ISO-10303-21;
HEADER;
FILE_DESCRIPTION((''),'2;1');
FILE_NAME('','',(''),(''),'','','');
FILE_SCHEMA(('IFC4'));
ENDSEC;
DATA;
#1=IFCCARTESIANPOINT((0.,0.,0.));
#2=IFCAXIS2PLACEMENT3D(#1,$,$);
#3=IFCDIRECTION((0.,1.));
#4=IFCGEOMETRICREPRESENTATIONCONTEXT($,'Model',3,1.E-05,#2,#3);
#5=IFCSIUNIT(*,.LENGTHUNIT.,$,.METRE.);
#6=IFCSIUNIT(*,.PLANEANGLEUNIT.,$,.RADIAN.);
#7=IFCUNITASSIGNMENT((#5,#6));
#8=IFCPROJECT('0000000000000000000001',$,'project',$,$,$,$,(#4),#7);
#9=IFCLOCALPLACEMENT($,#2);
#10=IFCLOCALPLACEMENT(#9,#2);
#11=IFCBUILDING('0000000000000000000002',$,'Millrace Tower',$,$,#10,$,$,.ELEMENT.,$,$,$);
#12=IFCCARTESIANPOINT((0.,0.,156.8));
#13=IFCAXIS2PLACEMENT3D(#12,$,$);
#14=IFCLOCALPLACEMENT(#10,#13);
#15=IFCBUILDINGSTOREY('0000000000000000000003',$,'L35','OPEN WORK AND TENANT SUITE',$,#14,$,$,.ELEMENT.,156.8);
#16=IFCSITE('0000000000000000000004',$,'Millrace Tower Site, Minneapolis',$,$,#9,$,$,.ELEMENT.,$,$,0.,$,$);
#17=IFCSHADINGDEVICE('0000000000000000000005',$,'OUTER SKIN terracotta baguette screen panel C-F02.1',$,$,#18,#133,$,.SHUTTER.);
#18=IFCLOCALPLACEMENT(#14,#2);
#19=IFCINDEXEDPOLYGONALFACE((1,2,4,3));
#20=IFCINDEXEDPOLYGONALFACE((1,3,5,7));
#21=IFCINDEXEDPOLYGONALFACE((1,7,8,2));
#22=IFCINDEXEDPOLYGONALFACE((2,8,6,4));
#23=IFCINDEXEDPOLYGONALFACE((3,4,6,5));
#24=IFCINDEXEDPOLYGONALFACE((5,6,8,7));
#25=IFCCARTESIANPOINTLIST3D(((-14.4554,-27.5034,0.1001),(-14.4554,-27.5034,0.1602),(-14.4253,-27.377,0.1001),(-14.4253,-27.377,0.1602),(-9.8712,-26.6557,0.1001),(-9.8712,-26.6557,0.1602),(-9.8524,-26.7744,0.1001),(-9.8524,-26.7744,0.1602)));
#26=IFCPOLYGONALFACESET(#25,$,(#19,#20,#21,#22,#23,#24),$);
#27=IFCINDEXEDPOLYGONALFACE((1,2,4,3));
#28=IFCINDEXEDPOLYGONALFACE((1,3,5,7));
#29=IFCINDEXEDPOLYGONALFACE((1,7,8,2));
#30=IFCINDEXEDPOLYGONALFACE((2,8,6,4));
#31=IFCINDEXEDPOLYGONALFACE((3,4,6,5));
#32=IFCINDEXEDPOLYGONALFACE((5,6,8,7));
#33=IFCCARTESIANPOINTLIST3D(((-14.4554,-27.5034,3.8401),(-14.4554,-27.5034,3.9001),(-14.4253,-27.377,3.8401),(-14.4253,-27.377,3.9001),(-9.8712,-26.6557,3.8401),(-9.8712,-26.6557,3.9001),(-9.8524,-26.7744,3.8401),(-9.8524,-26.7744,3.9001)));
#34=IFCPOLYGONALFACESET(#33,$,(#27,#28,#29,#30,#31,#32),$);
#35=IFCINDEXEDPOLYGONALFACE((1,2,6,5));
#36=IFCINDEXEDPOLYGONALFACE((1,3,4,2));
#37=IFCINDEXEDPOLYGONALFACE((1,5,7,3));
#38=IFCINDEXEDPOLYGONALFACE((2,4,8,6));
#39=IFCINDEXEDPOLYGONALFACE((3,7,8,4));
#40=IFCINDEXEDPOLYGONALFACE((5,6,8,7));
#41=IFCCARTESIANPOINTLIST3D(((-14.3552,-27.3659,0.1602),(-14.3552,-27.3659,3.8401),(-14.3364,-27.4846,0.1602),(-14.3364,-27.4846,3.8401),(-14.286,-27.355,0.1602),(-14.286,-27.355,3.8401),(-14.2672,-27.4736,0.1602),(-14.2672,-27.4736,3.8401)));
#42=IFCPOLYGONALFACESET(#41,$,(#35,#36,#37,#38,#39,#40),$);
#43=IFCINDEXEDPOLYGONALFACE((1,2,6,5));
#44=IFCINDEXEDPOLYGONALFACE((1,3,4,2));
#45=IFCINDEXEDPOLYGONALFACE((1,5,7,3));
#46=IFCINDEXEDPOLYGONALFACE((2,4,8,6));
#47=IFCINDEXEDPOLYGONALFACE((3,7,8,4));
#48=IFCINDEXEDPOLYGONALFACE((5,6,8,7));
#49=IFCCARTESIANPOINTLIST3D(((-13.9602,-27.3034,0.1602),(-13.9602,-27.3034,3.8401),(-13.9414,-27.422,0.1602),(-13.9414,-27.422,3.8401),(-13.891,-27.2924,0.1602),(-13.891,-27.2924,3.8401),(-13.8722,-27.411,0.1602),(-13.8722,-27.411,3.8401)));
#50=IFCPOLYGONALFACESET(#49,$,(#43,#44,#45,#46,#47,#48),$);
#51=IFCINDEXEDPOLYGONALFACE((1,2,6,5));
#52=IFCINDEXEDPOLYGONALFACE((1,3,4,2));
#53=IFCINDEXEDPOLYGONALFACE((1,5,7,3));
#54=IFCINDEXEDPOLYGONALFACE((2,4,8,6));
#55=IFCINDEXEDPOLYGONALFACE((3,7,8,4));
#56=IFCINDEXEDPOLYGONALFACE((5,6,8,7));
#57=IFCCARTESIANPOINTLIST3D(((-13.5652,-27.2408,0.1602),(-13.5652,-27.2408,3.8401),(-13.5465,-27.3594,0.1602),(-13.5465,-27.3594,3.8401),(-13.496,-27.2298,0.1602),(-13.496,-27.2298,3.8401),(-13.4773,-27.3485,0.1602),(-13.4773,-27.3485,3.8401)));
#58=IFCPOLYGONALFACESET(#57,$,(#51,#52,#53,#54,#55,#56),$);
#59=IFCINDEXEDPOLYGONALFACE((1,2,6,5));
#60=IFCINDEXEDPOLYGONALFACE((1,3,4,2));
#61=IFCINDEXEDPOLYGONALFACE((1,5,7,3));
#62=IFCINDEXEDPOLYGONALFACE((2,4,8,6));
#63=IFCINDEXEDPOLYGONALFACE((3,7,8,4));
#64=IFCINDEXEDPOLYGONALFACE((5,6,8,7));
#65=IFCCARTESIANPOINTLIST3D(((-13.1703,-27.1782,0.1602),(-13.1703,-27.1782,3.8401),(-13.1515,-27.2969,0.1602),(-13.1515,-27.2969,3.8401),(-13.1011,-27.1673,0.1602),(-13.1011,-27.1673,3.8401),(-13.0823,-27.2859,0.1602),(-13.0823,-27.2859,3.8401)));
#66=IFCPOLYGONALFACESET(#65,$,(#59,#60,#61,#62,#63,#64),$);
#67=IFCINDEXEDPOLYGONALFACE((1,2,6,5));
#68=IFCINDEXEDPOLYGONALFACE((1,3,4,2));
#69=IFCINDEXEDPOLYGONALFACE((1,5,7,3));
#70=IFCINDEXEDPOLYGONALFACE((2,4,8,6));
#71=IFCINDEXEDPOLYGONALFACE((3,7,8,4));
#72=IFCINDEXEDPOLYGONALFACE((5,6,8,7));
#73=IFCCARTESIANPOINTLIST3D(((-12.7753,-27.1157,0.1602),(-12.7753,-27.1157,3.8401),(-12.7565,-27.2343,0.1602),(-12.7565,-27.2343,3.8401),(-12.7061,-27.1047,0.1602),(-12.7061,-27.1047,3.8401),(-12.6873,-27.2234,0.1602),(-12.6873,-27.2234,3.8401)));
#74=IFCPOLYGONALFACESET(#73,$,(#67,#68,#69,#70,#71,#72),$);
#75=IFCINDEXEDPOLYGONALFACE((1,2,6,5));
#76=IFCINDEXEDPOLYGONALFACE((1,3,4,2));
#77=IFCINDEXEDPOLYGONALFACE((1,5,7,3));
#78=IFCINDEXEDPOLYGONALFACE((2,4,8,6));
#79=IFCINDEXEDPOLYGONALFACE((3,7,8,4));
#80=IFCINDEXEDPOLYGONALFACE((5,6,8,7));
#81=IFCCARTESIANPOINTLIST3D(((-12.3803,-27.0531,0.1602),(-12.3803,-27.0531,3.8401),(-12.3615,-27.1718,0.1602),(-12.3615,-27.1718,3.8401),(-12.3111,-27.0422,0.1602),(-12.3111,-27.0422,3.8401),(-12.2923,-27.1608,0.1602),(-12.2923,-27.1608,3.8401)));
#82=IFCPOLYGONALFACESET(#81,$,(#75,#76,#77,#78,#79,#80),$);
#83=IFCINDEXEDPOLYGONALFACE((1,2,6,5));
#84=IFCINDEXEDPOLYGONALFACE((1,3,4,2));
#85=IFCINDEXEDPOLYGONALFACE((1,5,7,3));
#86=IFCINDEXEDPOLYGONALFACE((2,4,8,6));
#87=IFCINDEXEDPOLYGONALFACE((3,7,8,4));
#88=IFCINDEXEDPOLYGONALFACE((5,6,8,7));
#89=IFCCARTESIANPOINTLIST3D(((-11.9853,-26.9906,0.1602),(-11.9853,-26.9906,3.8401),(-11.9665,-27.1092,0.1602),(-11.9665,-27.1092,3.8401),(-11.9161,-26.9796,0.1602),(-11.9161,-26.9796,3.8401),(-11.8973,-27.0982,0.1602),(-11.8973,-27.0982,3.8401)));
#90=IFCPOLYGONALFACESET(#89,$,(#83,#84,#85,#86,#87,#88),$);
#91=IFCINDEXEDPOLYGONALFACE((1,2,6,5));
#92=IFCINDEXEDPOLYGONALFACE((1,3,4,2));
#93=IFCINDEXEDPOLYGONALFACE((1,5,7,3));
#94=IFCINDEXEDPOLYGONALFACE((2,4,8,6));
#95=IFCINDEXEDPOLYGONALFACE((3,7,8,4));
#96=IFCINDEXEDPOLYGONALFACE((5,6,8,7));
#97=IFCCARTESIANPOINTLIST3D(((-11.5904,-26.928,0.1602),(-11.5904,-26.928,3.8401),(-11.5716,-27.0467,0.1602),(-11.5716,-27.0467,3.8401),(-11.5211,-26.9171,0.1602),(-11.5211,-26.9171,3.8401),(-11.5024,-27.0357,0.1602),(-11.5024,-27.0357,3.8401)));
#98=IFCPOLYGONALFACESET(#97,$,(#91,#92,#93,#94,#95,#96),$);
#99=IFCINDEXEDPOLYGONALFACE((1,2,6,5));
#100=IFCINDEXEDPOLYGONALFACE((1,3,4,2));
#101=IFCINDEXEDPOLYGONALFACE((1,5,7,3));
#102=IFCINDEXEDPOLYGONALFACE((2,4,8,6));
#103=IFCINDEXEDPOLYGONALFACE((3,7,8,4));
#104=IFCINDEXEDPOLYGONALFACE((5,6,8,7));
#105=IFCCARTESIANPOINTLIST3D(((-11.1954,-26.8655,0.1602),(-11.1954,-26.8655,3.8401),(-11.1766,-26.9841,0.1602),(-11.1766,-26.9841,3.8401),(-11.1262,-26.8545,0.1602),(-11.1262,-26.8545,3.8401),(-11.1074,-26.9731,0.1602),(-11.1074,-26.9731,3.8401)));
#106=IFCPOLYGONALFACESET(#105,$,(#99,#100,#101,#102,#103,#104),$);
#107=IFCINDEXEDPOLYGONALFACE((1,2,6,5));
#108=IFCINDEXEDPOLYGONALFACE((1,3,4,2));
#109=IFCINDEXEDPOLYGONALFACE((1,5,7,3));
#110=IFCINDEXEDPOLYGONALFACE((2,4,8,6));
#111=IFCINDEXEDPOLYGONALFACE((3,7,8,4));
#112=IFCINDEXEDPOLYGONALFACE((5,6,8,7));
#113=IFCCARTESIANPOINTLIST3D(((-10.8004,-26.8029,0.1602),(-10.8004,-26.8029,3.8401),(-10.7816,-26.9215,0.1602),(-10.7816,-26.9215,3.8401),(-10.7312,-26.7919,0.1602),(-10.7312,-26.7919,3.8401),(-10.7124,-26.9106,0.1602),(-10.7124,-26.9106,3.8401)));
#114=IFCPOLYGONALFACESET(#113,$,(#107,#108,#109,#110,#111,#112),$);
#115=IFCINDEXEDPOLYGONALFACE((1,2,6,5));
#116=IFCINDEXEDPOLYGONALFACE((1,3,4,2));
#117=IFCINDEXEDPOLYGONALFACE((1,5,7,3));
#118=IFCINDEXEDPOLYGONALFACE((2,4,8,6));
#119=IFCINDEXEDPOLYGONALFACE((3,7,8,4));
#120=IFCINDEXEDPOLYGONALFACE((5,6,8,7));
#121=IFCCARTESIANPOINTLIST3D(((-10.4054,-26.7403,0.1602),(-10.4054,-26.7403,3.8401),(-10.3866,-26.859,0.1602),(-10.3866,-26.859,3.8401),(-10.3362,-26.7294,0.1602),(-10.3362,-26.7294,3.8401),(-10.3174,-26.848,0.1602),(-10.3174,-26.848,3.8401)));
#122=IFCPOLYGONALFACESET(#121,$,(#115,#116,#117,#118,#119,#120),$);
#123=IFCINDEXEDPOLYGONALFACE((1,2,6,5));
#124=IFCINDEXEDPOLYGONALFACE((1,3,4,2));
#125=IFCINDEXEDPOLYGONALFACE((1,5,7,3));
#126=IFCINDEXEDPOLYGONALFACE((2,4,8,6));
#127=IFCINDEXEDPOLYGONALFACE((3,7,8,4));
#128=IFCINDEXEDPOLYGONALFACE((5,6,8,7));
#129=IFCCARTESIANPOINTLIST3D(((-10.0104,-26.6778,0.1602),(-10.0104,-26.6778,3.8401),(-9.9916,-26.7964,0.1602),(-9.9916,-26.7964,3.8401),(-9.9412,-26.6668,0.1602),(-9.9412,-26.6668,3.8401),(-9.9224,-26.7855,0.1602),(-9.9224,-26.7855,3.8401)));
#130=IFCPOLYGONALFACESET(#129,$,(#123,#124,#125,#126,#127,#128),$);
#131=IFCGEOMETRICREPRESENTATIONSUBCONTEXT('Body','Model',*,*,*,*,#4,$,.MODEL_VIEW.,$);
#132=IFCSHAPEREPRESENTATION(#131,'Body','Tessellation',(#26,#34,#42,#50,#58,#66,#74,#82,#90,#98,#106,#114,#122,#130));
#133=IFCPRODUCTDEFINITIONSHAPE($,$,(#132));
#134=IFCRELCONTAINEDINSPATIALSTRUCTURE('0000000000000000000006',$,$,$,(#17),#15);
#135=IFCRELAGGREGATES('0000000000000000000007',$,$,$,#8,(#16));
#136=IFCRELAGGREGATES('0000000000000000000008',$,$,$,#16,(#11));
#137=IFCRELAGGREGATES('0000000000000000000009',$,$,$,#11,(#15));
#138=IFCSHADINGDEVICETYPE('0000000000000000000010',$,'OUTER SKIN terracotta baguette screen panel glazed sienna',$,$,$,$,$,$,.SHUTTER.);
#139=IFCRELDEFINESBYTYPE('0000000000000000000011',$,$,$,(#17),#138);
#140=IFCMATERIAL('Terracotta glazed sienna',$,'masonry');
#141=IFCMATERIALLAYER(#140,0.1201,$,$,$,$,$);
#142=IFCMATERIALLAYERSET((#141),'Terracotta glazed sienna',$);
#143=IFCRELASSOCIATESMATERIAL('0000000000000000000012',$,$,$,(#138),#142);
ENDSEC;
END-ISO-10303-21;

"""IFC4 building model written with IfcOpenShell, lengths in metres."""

from ifc_helpers import new_model, entity, si_unit, direction, frame, frame_2d, origin, place, context, subcontext, project, spatial, rectangle, extrude, source, transform, mapped, material, layer, layer_set, type_object, element, save


model = new_model("IFC4")

# Units and contexts
model_context = context("Model", 3, precision=1e-05, world=origin(), true_north=direction((0.0, 1.0)))
body_context = subcontext(model_context, "Body", "Model", "MODEL_VIEW")
ifc_project = project(units=[si_unit("LENGTHUNIT", "METRE"), si_unit("PLANEANGLEUNIT", "RADIAN")], contexts=[model_context])

# Site, building, storey
site_placement = place(None, origin())
site = spatial("IfcSite", under=ifc_project, at=site_placement, Name="Millrace Tower Site, Minneapolis", CompositionType="ELEMENT", RefElevation=0.0)
building_placement = place(site_placement, origin())
building = spatial("IfcBuilding", under=site, at=building_placement, Name="Millrace Tower", CompositionType="ELEMENT")
storey_placement = place(building_placement, frame((0.0, 0.0, 156.8)))
storey = spatial("IfcBuildingStorey", under=building, at=storey_placement, Name="L35", Description="OPEN WORK AND TENANT SUITE", CompositionType="ELEMENT", Elevation=156.8)

# Shading device
ifc_material_1 = material(Name="Terracotta glazed sienna", Category="masonry")
ifc_layer_1 = layer(ifc_material_1, 0.1201)
ifc_layer_set_1 = layer_set([ifc_layer_1], Name="Terracotta glazed sienna")
shading_device_type = type_object("IfcShadingDeviceType", Name="OUTER SKIN terracotta baguette screen panel glazed sienna", PredefinedType="SHUTTER", material=ifc_layer_set_1)
cartesian_point_1 = entity("IfcCartesianPoint", [-2.293, 0.0601])
shared_polyline_1 = entity("IfcPolyline", [cartesian_point_1, entity("IfcCartesianPoint", [2.3179, 0.0601]), entity("IfcCartesianPoint", [2.3179, -0.0601]), entity("IfcCartesianPoint", [-2.3425, -0.0601]), cartesian_point_1])
shared_shape_1 = source(origin(), body_context, "Body", "SweptSolid", [
    entity("IfcExtrudedAreaSolid", entity("IfcArbitraryClosedProfileDef", "AREA", None, shared_polyline_1), entity("IfcAxis2Placement3D", entity("IfcCartesianPoint", [0.0, 0.0, 0.0])), entity("IfcDirection", [0.0, 0.0, 1.0]), 0.0601),
    entity("IfcExtrudedAreaSolid", entity("IfcArbitraryClosedProfileDef", "AREA", None, shared_polyline_1), entity("IfcAxis2Placement3D", entity("IfcCartesianPoint", [0.0, 0.0, 3.74])), entity("IfcDirection", [0.0, 0.0, 1.0]), 0.0601),
    extrude(rectangle(XDim=0.0701, YDim=0.1201, at=frame_2d((-2.187, 0.0))), frame((0.0, 0.0, 0.0601)), (0.0, 0.0, 1.0), 3.6799),
    extrude(rectangle(XDim=0.0701, YDim=0.1201, at=frame_2d((-1.7871, 0.0))), frame((0.0, 0.0, 0.0601)), (0.0, 0.0, 1.0), 3.6799),
    extrude(rectangle(XDim=0.0701, YDim=0.1201, at=frame_2d((-1.3872, 0.0))), frame((0.0, 0.0, 0.0601)), (0.0, 0.0, 1.0), 3.6799),
    extrude(rectangle(XDim=0.0701, YDim=0.1201, at=frame_2d((-0.9873, 0.0))), frame((0.0, 0.0, 0.0601)), (0.0, 0.0, 1.0), 3.6799),
    extrude(rectangle(XDim=0.0701, YDim=0.1201, at=frame_2d((-0.5874, 0.0))), frame((0.0, 0.0, 0.0601)), (0.0, 0.0, 1.0), 3.6799),
    extrude(rectangle(XDim=0.0701, YDim=0.1201, at=frame_2d((-0.1875, 0.0))), frame((0.0, 0.0, 0.0601)), (0.0, 0.0, 1.0), 3.6799),
    extrude(rectangle(XDim=0.0701, YDim=0.1201, at=frame_2d((0.2124, 0.0))), frame((0.0, 0.0, 0.0601)), (0.0, 0.0, 1.0), 3.6799),
    extrude(rectangle(XDim=0.0701, YDim=0.1201, at=frame_2d((0.6123, 0.0))), frame((0.0, 0.0, 0.0601)), (0.0, 0.0, 1.0), 3.6799),
    extrude(rectangle(XDim=0.0701, YDim=0.1201, at=frame_2d((1.0122, 0.0))), frame((0.0, 0.0, 0.0601)), (0.0, 0.0, 1.0), 3.6799),
    extrude(rectangle(XDim=0.0701, YDim=0.1201, at=frame_2d((1.4121, 0.0))), frame((0.0, 0.0, 0.0601)), (0.0, 0.0, 1.0), 3.6799),
    extrude(rectangle(XDim=0.0701, YDim=0.1201, at=frame_2d((1.812, 0.0))), frame((0.0, 0.0, 0.0601)), (0.0, 0.0, 1.0), 3.6799),
    extrude(rectangle(XDim=0.0701, YDim=0.1201, at=frame_2d((2.2119, 0.0))), frame((0.0, 0.0, 0.0601)), (0.0, 0.0, 1.0), 3.6799),
])
shading_device_placement = place(storey_placement, frame((-12.1511, -27.0776, 0.1001), z_axis=(0.0, 0.0, 1.0), x_axis=(0.987688, 0.156434, 0.0)))
element("IfcShadingDevice", 1, at=shading_device_placement, inside=storey, type_object=shading_device_type, Name="OUTER SKIN terracotta baguette screen panel C-F02.1", PredefinedType="SHUTTER", context=body_context, shape_type="MappedRepresentation", body=[
    mapped(shared_shape_1, transform((0.0, 0.0, 0.0), scale=1.0)),
])

save(model, "model.ifc")
